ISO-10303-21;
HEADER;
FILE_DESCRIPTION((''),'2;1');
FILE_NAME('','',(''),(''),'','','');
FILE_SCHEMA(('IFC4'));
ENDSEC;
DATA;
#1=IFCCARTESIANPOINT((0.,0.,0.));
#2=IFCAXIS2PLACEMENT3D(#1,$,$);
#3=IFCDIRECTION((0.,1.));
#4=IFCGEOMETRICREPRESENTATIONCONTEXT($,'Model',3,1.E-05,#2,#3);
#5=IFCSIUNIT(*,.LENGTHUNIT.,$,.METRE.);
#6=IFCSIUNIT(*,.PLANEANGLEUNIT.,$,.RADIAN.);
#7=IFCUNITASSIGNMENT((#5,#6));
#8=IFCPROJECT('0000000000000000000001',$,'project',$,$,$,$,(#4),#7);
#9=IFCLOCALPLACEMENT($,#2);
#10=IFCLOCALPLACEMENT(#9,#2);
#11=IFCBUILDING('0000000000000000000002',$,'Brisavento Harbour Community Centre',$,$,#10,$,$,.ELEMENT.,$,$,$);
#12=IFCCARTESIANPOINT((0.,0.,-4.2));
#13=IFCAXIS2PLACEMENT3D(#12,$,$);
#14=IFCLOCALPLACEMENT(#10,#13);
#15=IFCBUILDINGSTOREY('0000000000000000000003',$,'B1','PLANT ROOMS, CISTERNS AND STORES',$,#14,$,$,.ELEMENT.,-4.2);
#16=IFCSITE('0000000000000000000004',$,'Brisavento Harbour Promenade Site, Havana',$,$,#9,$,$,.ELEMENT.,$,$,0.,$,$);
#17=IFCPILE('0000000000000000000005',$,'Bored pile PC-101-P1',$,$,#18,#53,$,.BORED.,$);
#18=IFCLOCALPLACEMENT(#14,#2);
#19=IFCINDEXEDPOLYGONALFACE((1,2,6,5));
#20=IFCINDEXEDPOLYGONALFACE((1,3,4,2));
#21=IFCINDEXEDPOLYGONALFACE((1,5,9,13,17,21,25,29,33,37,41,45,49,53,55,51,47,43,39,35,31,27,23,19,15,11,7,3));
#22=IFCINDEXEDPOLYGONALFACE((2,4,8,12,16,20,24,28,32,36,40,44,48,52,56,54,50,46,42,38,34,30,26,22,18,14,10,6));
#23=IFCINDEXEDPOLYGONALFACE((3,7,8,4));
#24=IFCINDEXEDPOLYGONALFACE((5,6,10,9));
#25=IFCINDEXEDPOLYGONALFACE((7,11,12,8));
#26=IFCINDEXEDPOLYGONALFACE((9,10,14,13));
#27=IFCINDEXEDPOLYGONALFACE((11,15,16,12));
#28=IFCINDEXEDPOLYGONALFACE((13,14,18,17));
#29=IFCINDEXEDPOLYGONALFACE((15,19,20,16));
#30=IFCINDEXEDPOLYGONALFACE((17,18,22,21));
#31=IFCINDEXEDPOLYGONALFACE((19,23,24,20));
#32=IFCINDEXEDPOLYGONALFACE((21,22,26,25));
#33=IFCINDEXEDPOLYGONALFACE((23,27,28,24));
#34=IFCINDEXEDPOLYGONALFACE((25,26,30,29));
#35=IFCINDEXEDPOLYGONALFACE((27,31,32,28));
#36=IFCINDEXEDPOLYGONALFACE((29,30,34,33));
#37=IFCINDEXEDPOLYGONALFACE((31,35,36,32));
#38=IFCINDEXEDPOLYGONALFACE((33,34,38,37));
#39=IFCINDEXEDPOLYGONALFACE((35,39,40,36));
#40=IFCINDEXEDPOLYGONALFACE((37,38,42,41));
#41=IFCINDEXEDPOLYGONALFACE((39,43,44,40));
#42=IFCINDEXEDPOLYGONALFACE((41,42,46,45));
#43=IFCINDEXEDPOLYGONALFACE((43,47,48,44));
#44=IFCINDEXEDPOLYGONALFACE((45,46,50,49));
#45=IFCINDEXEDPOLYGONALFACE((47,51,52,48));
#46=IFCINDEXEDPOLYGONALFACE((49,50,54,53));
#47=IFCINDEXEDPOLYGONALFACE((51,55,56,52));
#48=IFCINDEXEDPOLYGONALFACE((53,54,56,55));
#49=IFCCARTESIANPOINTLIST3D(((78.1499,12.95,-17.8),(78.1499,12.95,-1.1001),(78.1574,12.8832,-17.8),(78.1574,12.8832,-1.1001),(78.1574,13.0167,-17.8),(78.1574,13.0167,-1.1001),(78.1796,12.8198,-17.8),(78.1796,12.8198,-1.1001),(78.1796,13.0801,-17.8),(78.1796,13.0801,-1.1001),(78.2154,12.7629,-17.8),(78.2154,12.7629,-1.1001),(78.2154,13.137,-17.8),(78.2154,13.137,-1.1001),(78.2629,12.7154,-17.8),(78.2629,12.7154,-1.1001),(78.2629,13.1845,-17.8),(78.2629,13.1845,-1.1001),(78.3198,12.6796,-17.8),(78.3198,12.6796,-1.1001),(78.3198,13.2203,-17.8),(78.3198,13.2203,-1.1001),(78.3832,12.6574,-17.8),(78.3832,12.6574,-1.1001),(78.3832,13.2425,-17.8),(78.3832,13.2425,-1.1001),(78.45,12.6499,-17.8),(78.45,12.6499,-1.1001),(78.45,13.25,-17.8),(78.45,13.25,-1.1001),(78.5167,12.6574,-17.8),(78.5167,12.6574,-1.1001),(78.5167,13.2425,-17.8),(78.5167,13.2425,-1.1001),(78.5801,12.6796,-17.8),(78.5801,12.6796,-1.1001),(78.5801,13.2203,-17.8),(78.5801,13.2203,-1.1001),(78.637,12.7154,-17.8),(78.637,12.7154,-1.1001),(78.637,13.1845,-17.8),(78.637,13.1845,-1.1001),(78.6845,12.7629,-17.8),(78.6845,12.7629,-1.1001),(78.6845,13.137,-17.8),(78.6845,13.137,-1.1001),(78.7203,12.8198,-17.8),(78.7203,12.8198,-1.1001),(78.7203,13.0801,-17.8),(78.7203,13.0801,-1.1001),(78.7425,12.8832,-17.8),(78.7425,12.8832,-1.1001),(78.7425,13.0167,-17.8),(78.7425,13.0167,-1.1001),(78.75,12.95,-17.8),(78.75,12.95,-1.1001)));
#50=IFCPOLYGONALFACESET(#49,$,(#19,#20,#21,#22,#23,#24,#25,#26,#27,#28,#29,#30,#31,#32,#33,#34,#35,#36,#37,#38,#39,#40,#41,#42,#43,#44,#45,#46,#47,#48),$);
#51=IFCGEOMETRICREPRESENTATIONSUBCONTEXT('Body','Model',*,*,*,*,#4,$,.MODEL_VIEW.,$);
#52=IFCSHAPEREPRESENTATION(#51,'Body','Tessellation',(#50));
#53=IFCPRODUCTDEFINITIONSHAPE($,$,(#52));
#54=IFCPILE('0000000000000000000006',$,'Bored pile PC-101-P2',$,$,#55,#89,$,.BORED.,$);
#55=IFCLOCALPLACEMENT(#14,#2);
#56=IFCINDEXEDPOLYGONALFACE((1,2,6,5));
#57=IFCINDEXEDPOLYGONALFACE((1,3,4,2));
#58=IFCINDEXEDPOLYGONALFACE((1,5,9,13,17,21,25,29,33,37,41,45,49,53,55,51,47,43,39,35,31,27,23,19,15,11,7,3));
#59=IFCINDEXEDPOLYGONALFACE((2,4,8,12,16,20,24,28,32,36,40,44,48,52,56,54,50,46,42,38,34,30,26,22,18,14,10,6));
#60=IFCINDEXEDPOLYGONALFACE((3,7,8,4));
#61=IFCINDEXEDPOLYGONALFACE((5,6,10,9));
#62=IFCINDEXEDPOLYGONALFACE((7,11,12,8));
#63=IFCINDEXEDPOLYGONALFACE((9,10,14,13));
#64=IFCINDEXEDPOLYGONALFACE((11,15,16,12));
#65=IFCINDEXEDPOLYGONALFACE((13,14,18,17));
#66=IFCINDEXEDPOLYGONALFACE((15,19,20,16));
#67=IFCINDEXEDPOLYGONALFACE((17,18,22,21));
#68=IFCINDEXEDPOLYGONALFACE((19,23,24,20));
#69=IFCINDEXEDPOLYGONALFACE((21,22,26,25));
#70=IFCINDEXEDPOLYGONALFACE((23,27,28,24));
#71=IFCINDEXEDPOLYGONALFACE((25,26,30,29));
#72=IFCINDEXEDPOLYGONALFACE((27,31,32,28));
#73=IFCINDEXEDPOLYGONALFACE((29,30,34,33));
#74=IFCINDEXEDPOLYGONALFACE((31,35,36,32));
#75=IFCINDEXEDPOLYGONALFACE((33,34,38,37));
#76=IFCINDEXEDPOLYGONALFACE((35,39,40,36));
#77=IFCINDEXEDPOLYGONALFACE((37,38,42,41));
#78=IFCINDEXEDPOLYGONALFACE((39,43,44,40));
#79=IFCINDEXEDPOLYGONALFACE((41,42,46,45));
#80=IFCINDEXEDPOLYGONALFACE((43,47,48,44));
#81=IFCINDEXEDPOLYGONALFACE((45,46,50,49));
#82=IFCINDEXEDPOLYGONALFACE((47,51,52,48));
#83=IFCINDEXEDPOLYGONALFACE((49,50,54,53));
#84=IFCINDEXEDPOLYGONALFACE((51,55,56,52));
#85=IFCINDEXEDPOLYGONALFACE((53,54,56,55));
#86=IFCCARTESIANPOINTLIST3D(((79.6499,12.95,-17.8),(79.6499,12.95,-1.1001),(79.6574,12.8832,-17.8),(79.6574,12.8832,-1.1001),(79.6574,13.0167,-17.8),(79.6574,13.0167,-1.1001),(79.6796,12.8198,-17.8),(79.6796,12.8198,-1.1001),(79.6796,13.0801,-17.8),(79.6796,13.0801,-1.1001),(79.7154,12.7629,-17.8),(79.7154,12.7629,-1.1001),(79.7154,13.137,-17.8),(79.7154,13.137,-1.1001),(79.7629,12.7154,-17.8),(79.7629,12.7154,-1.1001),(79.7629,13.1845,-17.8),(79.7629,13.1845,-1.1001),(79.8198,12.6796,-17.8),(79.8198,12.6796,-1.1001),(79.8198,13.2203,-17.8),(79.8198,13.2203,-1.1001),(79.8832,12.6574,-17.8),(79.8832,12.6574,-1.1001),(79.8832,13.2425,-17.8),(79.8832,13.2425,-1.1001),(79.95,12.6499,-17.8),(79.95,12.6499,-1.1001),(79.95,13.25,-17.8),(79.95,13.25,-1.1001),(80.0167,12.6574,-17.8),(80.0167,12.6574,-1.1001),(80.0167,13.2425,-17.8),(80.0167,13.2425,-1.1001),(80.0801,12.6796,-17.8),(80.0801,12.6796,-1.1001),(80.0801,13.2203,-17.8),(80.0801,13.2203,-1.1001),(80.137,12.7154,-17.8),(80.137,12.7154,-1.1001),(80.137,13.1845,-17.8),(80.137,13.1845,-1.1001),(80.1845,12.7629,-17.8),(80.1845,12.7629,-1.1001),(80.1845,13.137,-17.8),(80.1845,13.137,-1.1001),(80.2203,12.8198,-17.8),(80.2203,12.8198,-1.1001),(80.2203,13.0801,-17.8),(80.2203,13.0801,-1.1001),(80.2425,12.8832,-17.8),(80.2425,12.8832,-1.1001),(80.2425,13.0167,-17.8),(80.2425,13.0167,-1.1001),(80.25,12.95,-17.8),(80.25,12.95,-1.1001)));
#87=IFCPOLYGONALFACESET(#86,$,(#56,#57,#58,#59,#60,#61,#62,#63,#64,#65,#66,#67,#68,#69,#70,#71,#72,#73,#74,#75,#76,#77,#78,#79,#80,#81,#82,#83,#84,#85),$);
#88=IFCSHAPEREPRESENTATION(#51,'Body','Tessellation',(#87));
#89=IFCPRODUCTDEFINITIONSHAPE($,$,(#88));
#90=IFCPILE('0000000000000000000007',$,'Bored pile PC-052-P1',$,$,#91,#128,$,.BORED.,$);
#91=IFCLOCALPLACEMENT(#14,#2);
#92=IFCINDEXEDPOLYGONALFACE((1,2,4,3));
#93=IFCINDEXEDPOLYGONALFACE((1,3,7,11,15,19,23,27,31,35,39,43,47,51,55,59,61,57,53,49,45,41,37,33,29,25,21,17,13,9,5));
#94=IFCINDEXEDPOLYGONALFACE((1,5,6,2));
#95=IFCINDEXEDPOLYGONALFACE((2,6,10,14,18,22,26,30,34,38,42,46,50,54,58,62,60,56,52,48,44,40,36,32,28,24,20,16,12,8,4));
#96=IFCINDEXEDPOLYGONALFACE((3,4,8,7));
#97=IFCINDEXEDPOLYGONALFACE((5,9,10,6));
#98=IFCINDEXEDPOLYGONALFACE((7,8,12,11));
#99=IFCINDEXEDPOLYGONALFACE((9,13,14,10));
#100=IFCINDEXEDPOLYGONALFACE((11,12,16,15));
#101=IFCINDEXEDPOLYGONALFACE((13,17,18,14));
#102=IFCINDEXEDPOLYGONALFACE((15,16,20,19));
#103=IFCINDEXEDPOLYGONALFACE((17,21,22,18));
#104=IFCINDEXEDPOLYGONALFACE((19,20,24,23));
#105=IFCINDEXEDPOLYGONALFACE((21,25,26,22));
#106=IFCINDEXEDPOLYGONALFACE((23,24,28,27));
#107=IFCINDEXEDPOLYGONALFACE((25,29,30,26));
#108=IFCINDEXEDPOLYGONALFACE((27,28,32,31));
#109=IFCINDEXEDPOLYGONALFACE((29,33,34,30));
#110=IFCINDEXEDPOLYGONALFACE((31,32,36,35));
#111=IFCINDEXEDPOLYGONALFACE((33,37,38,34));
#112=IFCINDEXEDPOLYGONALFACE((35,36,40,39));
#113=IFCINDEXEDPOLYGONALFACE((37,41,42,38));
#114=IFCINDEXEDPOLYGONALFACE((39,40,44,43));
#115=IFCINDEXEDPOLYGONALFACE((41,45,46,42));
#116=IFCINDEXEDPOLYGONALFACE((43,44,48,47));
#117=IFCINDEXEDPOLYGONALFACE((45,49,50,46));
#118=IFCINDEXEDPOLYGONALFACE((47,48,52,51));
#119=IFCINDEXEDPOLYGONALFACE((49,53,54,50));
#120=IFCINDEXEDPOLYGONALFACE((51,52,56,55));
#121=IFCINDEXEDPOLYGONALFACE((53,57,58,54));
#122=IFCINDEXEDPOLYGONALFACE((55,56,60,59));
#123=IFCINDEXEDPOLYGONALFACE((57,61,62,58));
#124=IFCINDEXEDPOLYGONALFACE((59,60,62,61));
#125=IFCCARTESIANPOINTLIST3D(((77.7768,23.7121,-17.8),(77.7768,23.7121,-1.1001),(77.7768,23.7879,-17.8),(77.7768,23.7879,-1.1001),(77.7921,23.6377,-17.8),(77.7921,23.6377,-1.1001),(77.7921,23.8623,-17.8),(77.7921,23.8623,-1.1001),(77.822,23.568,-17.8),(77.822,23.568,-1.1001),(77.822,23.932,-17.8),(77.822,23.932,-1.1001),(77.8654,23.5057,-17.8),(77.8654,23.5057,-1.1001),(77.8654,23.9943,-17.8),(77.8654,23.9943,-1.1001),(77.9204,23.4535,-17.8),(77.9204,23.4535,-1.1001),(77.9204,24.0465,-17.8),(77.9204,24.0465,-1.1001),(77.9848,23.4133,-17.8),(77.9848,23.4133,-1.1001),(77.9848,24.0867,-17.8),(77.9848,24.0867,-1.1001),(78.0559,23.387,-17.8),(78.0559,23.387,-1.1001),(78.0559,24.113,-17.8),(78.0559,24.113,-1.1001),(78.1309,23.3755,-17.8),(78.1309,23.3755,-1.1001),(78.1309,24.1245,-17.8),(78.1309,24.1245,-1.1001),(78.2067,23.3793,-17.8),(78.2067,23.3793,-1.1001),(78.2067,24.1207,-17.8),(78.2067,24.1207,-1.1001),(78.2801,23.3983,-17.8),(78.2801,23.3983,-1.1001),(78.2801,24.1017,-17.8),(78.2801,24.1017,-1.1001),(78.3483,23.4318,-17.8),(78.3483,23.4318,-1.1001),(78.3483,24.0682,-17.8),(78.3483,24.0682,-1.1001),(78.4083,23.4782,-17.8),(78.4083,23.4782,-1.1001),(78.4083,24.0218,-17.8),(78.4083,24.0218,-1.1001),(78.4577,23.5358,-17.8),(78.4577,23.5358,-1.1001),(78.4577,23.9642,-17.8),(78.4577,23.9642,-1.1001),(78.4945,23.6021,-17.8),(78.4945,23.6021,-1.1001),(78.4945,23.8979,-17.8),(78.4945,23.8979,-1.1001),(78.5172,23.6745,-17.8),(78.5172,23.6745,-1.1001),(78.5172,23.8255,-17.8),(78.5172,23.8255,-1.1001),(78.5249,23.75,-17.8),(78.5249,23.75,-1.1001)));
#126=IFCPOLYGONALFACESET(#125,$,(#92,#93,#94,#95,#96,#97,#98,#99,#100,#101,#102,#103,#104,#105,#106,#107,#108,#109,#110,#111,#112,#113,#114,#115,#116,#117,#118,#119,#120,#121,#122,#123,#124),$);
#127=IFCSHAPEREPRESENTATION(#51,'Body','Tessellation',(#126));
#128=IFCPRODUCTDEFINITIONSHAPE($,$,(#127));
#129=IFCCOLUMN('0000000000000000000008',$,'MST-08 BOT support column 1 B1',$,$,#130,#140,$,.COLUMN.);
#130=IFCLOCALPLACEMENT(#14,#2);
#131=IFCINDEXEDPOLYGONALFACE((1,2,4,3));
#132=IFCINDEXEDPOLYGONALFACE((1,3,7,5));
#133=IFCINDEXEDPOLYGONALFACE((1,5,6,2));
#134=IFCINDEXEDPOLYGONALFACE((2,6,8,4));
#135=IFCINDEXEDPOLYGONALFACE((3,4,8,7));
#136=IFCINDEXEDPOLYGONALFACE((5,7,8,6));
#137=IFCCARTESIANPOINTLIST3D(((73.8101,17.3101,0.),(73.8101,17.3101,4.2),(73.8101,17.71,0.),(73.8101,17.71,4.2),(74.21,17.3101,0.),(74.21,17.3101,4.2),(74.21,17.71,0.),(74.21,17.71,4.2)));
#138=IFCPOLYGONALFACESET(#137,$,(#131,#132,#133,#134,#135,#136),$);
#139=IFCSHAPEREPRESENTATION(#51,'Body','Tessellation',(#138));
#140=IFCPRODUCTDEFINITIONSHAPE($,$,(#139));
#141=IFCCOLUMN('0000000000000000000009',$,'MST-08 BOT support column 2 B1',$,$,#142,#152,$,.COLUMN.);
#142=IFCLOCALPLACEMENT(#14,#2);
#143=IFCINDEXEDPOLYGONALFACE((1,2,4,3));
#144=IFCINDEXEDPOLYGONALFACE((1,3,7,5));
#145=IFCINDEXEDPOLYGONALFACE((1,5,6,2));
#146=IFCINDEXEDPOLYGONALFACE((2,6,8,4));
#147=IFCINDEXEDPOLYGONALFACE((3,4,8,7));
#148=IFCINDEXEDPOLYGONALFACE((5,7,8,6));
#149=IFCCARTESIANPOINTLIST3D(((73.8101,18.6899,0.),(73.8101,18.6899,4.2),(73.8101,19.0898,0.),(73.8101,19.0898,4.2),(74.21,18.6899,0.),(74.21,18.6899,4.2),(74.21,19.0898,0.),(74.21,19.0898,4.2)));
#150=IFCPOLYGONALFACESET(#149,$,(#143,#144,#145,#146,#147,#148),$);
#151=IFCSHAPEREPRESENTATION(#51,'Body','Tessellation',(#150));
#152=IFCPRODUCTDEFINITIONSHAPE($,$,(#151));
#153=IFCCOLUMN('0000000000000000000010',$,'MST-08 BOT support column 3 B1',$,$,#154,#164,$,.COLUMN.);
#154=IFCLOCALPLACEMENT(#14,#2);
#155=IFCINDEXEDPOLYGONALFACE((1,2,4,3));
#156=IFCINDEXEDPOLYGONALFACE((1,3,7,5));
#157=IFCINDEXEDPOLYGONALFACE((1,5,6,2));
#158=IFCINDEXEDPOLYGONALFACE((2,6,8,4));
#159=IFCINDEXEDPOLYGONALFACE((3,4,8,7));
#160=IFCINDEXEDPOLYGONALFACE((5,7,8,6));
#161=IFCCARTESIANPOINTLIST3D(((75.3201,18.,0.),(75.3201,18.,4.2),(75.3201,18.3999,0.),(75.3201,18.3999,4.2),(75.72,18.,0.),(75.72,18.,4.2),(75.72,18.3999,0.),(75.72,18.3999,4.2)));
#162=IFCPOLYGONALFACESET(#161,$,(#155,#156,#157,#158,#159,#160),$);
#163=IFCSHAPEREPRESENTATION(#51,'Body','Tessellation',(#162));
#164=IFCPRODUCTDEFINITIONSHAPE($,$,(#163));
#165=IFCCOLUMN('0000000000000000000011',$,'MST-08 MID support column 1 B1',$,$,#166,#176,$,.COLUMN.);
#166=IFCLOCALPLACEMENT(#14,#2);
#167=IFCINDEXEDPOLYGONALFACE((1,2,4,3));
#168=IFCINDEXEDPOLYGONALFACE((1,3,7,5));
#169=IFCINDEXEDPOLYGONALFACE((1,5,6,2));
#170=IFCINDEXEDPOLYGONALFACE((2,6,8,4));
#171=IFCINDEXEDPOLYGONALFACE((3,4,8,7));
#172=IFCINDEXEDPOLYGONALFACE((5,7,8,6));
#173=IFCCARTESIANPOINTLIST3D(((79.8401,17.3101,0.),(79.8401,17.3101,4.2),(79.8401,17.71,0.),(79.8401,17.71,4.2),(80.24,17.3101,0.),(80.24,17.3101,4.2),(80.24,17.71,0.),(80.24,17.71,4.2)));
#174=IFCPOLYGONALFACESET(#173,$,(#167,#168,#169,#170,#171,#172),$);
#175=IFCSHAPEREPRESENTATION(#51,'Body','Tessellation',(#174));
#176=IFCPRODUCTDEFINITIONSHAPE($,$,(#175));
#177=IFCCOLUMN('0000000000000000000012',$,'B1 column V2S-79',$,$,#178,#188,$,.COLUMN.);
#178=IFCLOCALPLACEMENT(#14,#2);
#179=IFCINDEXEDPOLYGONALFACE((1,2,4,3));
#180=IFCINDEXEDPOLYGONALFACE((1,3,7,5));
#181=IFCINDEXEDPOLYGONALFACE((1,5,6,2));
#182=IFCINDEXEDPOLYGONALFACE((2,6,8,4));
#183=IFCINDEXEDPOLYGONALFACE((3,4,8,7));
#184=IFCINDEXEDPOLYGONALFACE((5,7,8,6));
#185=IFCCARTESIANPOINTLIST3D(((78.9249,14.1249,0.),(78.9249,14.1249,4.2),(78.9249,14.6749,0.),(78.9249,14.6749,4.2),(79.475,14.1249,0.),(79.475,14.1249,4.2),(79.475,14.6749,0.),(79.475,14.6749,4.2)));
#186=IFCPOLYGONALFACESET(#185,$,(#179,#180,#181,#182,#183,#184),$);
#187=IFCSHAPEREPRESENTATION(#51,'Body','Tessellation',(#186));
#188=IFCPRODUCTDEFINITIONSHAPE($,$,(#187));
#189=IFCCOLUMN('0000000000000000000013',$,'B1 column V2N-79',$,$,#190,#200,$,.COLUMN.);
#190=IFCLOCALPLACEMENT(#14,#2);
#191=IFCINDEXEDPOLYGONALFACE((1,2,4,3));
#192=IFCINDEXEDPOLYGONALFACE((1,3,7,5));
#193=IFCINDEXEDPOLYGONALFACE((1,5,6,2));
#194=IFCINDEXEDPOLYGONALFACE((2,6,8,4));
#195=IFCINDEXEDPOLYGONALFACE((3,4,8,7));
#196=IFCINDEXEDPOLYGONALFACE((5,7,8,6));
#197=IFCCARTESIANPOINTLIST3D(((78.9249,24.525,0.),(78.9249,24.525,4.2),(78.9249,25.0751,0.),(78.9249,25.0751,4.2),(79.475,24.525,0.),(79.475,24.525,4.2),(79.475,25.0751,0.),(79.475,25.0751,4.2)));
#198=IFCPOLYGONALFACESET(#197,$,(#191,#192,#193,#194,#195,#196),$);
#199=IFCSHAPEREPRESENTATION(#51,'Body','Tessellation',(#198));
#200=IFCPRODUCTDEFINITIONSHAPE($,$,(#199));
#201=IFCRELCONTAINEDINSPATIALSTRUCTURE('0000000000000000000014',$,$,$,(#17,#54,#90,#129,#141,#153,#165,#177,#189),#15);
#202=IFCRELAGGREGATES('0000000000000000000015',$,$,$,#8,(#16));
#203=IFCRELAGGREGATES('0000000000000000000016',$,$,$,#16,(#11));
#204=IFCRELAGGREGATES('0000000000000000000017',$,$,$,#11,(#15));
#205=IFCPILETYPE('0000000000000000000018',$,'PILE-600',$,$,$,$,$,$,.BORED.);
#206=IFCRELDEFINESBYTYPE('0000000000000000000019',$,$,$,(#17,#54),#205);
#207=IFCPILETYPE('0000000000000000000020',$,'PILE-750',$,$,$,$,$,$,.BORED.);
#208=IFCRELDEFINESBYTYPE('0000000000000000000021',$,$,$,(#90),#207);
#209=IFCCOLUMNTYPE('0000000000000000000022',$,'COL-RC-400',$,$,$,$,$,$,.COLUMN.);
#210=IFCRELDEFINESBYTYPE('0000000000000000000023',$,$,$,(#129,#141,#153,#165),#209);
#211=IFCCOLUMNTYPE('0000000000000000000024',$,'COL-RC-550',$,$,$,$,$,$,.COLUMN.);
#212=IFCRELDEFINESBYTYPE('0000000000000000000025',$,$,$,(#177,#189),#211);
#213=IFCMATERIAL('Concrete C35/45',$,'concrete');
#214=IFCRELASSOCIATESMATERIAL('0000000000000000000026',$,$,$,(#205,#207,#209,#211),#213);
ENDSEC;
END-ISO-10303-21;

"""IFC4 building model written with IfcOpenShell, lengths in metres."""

from ifc_helpers import new_model, si_unit, direction, frame, origin, origin_2d, place, context, subcontext, project, spatial, rectangle, circle, extrude, material, material_profile, profile_set, type_object, element, save


model = new_model("IFC4")

# Units and contexts
model_context = context("Model", 3, precision=1e-05, world=origin(), true_north=direction((0.0, 1.0)))
body_context = subcontext(model_context, "Body", "Model", "MODEL_VIEW")
ifc_project = project(units=[si_unit("LENGTHUNIT", "METRE"), si_unit("PLANEANGLEUNIT", "RADIAN")], contexts=[model_context])

# Site, building, storey
site_placement = place(None, origin())
site = spatial("IfcSite", under=ifc_project, at=site_placement, Name="Brisavento Harbour Promenade Site, Havana", CompositionType="ELEMENT", RefElevation=0.0)
building_placement = place(site_placement, origin())
building = spatial("IfcBuilding", under=site, at=building_placement, Name="Brisavento Harbour Community Centre", CompositionType="ELEMENT")
storey_placement = place(building_placement, frame((0.0, 0.0, -4.2)))
storey = spatial("IfcBuildingStorey", under=building, at=storey_placement, Name="B1", Description="PLANT ROOMS, CISTERNS AND STORES", CompositionType="ELEMENT", Elevation=-4.2)

# Shared definitions
ifc_material_1 = material(Name="Concrete C35/45", Category="concrete")

# Piles
ifc_material_profile_1 = material_profile(ifc_material_1, circle(Radius=0.3, at=origin_2d()), Name="Concrete C35/45")
ifc_profile_set_1 = profile_set([ifc_material_profile_1], Name="Concrete C35/45")
pile_type_1 = type_object("IfcPileType", Name="PILE-600", PredefinedType="BORED", material=ifc_profile_set_1)
for number, where, z_axis, x_axis, name in (
    (1, (78.45, 12.95, -1.1001), (0.0, 0.0, -1.0), (1.0, 0.0, 0.0), "Bored pile PC-101-P1"),
    (2, (79.95, 12.95, -1.1001), (0.0, 0.0, -1.0), (1.0, 0.0, 0.0), "Bored pile PC-101-P2"),
):
    element("IfcPile", number, at=place(storey_placement, frame(where, z_axis=z_axis, x_axis=x_axis)), inside=storey, type_object=pile_type_1, Name=name, PredefinedType="BORED", context=body_context, shape_type="SweptSolid", body=[
        extrude(circle(Radius=0.3, at=origin_2d()), origin(), (0.0, 0.0, 1.0), 16.7),
    ])
ifc_material_profile_2 = material_profile(ifc_material_1, circle(Radius=0.375, at=origin_2d()), Name="Concrete C35/45")
ifc_profile_set_2 = profile_set([ifc_material_profile_2], Name="Concrete C35/45")
pile_type_2 = type_object("IfcPileType", Name="PILE-750", PredefinedType="BORED", material=ifc_profile_set_2)
pile_placement = place(storey_placement, frame((78.1499, 23.75, -1.1001), z_axis=(0.0, 0.0, -1.0), x_axis=(1.0, 0.0, 0.0)))
element("IfcPile", 3, at=pile_placement, inside=storey, type_object=pile_type_2, Name="Bored pile PC-052-P1", PredefinedType="BORED", context=body_context, shape_type="SweptSolid", body=[
    extrude(circle(Radius=0.375, at=origin_2d()), origin(), (0.0, 0.0, 1.0), 16.7),
])

# Columns
ifc_material_profile_3 = material_profile(ifc_material_1, rectangle(XDim=0.3999, YDim=0.3999, at=origin_2d()), Name="Concrete C35/45")
ifc_profile_set_3 = profile_set([ifc_material_profile_3], Name="Concrete C35/45")
column_type_1 = type_object("IfcColumnType", Name="COL-RC-400", PredefinedType="COLUMN", material=ifc_profile_set_3)
for number, where, z_axis, x_axis, name in (
    (4, (74.01, 17.51, 0.0), (0.0, 0.0, 1.0), (1.0, 0.0, 0.0), "MST-08 BOT support column 1 B1"),
    (5, (74.01, 18.8899, 0.0), (0.0, 0.0, 1.0), (1.0, 0.0, 0.0), "MST-08 BOT support column 2 B1"),
    (6, (75.52, 18.2, 0.0), (0.0, 0.0, 1.0), (1.0, 0.0, 0.0), "MST-08 BOT support column 3 B1"),
    (7, (80.04, 17.51, 0.0), (0.0, 0.0, 1.0), (1.0, 0.0, 0.0), "MST-08 MID support column 1 B1"),
):
    element("IfcColumn", number, at=place(storey_placement, frame(where, z_axis=z_axis, x_axis=x_axis)), inside=storey, type_object=column_type_1, Name=name, PredefinedType="COLUMN", context=body_context, shape_type="SweptSolid", body=[
        extrude(rectangle(XDim=0.3999, YDim=0.3999, at=origin_2d()), origin(), (0.0, 0.0, 1.0), 4.2),
    ])
ifc_material_profile_4 = material_profile(ifc_material_1, rectangle(XDim=0.55, YDim=0.55, at=origin_2d()), Name="Concrete C35/45")
ifc_profile_set_4 = profile_set([ifc_material_profile_4], Name="Concrete C35/45")
column_type_2 = type_object("IfcColumnType", Name="COL-RC-550", PredefinedType="COLUMN", material=ifc_profile_set_4)
for number, where, z_axis, x_axis, name in (
    (8, (79.2, 14.3999, 0.0), (0.0, 0.0, 1.0), (1.0, 0.0, 0.0), "B1 column V2S-79"),
    (9, (79.2, 24.8, 0.0), (0.0, 0.0, 1.0), (1.0, 0.0, 0.0), "B1 column V2N-79"),
):
    element("IfcColumn", number, at=place(storey_placement, frame(where, z_axis=z_axis, x_axis=x_axis)), inside=storey, type_object=column_type_2, Name=name, PredefinedType="COLUMN", context=body_context, shape_type="SweptSolid", body=[
        extrude(rectangle(XDim=0.55, YDim=0.55, at=origin_2d()), origin(), (0.0, 0.0, 1.0), 4.2),
    ])

save(model, "model.ifc")
